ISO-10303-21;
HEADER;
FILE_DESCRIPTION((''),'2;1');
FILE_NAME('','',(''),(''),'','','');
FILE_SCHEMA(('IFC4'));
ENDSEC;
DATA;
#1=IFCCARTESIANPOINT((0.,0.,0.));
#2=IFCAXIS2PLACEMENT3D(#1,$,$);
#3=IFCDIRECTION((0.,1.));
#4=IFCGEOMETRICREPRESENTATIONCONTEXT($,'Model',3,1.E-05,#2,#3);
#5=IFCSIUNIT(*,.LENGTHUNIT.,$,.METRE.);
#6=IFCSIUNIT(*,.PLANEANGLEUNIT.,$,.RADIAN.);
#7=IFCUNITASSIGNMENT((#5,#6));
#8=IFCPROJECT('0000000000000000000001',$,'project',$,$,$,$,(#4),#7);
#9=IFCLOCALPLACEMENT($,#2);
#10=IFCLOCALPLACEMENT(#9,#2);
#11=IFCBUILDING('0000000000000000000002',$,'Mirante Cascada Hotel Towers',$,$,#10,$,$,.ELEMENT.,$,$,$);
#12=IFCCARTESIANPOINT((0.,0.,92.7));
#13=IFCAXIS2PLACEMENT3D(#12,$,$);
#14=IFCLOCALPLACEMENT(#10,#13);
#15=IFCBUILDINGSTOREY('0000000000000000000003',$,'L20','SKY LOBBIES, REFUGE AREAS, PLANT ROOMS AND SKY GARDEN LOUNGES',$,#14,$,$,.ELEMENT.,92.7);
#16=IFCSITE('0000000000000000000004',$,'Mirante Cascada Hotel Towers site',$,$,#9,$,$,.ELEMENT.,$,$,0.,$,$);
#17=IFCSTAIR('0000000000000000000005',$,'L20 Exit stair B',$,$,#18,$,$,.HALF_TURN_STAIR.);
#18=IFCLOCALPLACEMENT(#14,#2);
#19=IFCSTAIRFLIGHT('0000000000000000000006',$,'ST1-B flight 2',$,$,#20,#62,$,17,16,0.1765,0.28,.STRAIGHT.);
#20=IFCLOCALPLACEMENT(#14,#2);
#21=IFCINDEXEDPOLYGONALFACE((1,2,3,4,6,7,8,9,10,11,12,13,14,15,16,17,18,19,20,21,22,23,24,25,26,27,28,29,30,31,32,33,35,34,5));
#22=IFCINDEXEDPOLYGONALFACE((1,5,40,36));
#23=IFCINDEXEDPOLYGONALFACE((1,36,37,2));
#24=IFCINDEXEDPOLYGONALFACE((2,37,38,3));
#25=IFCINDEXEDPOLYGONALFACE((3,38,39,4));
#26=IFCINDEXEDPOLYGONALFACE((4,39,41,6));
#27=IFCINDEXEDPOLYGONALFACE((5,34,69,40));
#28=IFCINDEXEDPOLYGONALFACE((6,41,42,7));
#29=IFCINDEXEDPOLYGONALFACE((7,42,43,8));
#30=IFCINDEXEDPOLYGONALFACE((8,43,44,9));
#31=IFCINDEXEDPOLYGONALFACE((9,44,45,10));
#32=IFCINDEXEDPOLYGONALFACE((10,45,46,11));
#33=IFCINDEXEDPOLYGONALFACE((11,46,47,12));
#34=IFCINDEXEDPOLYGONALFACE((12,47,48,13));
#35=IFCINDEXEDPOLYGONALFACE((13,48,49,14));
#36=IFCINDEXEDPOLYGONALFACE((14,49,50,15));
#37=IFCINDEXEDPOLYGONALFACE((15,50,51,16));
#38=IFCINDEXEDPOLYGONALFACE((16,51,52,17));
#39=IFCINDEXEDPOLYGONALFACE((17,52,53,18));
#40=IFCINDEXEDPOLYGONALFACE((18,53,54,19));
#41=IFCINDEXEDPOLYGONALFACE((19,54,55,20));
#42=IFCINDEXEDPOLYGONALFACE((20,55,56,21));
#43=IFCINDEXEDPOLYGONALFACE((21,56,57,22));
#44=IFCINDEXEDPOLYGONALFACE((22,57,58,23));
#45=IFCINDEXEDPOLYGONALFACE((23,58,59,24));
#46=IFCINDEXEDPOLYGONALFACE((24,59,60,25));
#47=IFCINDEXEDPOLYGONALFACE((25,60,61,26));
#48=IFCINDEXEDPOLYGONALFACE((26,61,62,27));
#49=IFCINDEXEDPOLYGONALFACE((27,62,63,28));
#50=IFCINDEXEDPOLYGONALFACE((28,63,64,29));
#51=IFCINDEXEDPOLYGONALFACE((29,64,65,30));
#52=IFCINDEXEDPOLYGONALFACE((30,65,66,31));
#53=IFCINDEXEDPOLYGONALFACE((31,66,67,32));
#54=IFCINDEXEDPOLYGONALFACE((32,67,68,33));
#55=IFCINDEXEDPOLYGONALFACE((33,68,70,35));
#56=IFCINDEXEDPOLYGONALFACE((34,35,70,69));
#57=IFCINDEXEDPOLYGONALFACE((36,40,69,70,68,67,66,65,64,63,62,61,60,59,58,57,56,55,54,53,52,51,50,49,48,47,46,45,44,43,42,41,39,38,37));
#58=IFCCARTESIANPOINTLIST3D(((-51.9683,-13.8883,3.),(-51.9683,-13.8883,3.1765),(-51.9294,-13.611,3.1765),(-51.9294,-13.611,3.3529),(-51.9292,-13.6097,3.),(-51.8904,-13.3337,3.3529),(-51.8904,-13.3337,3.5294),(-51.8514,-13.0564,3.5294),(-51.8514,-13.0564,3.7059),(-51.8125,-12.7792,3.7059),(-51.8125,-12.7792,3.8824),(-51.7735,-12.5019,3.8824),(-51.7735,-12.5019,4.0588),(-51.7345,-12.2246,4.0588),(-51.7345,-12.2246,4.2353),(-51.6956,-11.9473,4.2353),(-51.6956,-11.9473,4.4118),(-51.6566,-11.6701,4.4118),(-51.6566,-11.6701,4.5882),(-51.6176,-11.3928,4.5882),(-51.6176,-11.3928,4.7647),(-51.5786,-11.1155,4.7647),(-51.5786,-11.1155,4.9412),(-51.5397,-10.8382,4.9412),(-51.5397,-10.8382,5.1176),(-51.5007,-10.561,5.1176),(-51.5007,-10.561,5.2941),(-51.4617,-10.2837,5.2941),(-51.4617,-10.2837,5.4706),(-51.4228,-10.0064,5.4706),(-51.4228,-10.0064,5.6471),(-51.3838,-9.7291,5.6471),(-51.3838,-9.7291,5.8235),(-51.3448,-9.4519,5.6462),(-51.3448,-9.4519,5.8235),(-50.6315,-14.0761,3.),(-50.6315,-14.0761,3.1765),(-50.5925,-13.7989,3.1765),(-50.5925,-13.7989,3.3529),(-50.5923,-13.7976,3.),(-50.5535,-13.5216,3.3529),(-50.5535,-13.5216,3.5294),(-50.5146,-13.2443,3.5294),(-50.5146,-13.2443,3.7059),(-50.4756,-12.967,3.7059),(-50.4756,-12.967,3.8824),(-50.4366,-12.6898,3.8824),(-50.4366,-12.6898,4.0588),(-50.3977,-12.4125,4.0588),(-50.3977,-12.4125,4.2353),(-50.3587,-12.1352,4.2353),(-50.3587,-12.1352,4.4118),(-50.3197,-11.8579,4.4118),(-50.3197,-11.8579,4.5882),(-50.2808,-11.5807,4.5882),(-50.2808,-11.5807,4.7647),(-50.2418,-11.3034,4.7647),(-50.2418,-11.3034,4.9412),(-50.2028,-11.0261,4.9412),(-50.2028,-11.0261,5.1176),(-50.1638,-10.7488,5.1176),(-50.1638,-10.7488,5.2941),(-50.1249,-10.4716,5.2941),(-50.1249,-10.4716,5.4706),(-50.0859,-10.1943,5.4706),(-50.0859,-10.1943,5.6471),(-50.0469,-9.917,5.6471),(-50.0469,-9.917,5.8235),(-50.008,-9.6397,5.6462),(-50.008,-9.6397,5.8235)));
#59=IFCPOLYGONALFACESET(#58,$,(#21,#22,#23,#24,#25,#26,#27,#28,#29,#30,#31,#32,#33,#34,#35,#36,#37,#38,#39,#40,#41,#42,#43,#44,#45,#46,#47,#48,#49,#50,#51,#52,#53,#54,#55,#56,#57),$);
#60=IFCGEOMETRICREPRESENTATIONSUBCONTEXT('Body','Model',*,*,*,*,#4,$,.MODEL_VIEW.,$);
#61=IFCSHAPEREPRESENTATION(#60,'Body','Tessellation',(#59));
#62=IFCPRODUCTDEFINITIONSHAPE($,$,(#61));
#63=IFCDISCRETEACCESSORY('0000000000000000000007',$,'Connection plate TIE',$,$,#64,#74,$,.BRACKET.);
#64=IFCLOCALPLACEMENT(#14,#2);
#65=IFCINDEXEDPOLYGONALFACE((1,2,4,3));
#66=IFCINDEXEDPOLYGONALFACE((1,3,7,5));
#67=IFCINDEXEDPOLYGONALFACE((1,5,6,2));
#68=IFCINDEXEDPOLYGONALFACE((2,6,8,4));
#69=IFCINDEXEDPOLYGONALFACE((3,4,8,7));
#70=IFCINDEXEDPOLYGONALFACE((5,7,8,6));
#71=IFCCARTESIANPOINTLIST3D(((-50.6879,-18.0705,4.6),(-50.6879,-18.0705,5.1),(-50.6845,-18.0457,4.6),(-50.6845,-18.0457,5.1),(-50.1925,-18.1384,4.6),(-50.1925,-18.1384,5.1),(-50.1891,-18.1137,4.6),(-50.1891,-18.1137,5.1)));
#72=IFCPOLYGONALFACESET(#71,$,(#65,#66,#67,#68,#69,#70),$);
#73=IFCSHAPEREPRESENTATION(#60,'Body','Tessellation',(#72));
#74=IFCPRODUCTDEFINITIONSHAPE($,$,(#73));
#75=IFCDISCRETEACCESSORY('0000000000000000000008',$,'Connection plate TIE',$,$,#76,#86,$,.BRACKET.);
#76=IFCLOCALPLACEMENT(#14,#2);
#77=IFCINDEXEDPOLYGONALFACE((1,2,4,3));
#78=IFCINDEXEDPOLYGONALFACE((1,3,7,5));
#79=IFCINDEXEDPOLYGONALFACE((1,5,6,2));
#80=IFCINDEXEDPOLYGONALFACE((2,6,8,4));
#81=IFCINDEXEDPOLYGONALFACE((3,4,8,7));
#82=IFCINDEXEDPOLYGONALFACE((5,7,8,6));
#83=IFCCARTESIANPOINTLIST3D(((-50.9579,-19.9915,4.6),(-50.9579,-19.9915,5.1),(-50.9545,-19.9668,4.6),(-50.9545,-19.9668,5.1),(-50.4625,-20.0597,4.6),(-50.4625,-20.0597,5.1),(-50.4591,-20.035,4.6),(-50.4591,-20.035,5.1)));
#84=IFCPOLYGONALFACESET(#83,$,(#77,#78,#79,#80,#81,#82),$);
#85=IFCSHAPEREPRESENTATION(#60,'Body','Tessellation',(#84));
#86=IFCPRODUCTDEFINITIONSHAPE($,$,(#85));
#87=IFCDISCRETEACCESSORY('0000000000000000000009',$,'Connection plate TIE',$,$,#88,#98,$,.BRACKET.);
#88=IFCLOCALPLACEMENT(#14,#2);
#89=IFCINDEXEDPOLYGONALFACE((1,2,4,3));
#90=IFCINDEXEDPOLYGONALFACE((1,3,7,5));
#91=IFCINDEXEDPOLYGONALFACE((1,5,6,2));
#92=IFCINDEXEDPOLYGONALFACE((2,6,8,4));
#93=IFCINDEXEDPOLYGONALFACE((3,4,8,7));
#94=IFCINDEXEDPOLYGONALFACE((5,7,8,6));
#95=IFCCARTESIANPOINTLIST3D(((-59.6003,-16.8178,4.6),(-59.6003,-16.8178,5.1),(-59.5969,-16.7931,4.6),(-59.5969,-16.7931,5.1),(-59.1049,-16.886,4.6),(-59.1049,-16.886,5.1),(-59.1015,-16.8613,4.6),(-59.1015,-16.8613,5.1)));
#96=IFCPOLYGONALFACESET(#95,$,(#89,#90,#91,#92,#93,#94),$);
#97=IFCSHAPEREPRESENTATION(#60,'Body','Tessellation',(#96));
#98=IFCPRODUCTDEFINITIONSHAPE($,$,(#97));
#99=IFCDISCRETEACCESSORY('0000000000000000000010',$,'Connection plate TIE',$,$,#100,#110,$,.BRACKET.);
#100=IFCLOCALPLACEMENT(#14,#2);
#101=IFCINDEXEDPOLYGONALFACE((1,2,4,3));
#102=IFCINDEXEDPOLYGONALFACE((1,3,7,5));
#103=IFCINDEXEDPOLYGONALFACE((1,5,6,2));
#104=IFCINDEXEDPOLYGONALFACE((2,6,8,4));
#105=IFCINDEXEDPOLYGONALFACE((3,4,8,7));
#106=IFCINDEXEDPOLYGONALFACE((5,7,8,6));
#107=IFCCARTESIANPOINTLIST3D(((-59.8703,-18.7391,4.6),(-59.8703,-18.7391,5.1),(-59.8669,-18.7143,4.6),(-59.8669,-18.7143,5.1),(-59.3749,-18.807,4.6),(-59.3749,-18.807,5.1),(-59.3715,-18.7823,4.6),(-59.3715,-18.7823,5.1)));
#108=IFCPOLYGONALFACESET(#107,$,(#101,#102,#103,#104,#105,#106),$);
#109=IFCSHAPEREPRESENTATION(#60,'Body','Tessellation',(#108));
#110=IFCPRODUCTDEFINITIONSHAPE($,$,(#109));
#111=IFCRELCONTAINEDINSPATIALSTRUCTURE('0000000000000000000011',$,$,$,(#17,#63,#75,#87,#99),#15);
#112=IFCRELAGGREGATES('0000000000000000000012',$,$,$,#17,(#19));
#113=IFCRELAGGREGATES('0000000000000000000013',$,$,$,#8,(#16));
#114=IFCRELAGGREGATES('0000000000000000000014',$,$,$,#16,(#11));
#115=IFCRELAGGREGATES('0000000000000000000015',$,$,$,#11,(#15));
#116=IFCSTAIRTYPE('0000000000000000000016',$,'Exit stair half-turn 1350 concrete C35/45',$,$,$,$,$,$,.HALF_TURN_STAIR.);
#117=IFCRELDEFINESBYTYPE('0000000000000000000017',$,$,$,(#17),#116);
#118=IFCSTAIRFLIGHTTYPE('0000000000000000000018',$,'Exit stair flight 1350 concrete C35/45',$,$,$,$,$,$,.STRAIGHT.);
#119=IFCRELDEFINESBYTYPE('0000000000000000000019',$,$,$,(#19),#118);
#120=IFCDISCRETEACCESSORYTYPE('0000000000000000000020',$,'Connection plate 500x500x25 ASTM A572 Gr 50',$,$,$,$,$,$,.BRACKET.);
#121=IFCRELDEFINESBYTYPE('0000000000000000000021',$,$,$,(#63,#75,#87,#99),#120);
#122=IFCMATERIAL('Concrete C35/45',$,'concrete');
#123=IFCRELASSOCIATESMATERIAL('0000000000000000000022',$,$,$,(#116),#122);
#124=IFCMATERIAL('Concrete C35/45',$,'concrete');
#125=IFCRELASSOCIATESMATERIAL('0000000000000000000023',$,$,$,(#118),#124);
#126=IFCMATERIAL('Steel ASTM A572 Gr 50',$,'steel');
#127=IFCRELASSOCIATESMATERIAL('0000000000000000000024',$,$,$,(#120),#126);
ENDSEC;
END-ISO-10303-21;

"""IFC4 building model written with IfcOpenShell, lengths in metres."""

from ifc_helpers import new_model, si_unit, direction, frame, origin, origin_2d, place, context, subcontext, project, spatial, polyline, rectangle, outline, extrude, material, material_profile, profile_set, type_object, element, aggregate, save


model = new_model("IFC4")

# Units and contexts
model_context = context("Model", 3, precision=1e-05, world=origin(), true_north=direction((0.0, 1.0)))
body_context = subcontext(model_context, "Body", "Model", "MODEL_VIEW")
ifc_project = project(units=[si_unit("LENGTHUNIT", "METRE"), si_unit("PLANEANGLEUNIT", "RADIAN")], contexts=[model_context])

# Site, building, storey
site_placement = place(None, origin())
site = spatial("IfcSite", under=ifc_project, at=site_placement, Name="Mirante Cascada Hotel Towers site", CompositionType="ELEMENT", RefElevation=0.0)
building_placement = place(site_placement, origin())
building = spatial("IfcBuilding", under=site, at=building_placement, Name="Mirante Cascada Hotel Towers", CompositionType="ELEMENT")
storey_placement = place(building_placement, frame((0.0, 0.0, 92.7)))
storey = spatial("IfcBuildingStorey", under=building, at=storey_placement, Name="L20", Description="SKY LOBBIES, REFUGE AREAS, PLANT ROOMS AND SKY GARDEN LOUNGES", CompositionType="ELEMENT", Elevation=92.7)

# Stair, stair flight
ifc_material_1 = material(Name="Concrete C35/45", Category="concrete")
stair_type = type_object("IfcStairType", Name="Exit stair half-turn 1350 concrete C35/45", PredefinedType="HALF_TURN_STAIR", material=ifc_material_1)
stair_placement = place(storey_placement, origin())
stair = element("IfcStair", 1, at=stair_placement, inside=storey, type_object=stair_type, Name="L20 Exit stair B", PredefinedType="HALF_TURN_STAIR")
ifc_material_2 = material(Name="Concrete C35/45", Category="concrete")
stair_flight_type = type_object("IfcStairFlightType", Name="Exit stair flight 1350 concrete C35/45", PredefinedType="STRAIGHT", material=ifc_material_2)
stair_flight_placement = place(storey_placement, frame((-51.2999, -13.9822, 3.0), z_axis=(0.0, 0.0, 1.0), x_axis=(0.139173, 0.990268, 0.0)))
stair_flight = element("IfcStairFlight", 2, at=stair_flight_placement, type_object=stair_flight_type, Name="ST1-B flight 2", NumberOfRisers=17, NumberOfTreads=16, PredefinedType="STRAIGHT", RiserHeight=0.1765, TreadLength=0.28, context=body_context, shape_type="SweptSolid", body=[
    extrude(outline(polyline([(0.0, 0.0), (0.0, 0.1765), (0.28, 0.1765), (0.28, 0.3529), (0.56, 0.3529), (0.56, 0.5294), (0.84, 0.5294), (0.84, 0.7059), (1.12, 0.7059), (1.12, 0.8824), (1.4, 0.8824), (1.4, 1.0588), (1.68, 1.0588), (1.68, 1.2353), (1.96, 1.2353), (1.96, 1.4118), (2.24, 1.4118), (2.24, 1.5882), (2.52, 1.5882), (2.52, 1.7647), (2.8, 1.7647), (2.8, 1.9412), (3.08, 1.9412), (3.08, 2.1176), (3.36, 2.1176), (3.36, 2.2941), (3.64, 2.2941), (3.64, 2.4706), (3.92, 2.4706), (3.92, 2.6471), (4.2, 2.6471), (4.2, 2.8235), (4.48, 2.8235), (4.48, 3.0), (4.48, 2.6462), (0.2813, 0.0), (0.0, 0.0)])), frame((0.0, 0.675, 0.0), z_axis=(0.0, -1.0, 0.0), x_axis=(1.0, 0.0, 0.0)), (0.0, 0.0, 1.0), 1.35),
])
aggregate(stair, [stair_flight])

# Discrete accessories
ifc_material_3 = material(Name="Steel ASTM A572 Gr 50", Category="steel")
ifc_material_profile_1 = material_profile(ifc_material_3, rectangle(XDim=0.5, YDim=0.5, at=origin_2d()), Name="Connection plate 500x500x25 ASTM A572 Gr 50")
ifc_profile_set_1 = profile_set([ifc_material_profile_1], Name="Steel ASTM A572 Gr 50")
discrete_accessory_type = type_object("IfcDiscreteAccessoryType", Name="Connection plate 500x500x25 ASTM A572 Gr 50", PredefinedType="BRACKET", material=ifc_profile_set_1)
discrete_accessory_1_placement = place(storey_placement, frame((-50.4368, -18.0797, 4.85), z_axis=(-0.135826, -0.990733, 0.0), x_axis=(0.990733, -0.135826, 0.0)))
element("IfcDiscreteAccessory", 3, at=discrete_accessory_1_placement, inside=storey, type_object=discrete_accessory_type, Name="Connection plate TIE", PredefinedType="BRACKET", context=body_context, shape_type="SweptSolid", body=[
    extrude(rectangle(XDim=0.5, YDim=0.5, at=origin_2d()), origin(), (0.0, 0.0, 1.0), 0.025),
])
for number, where, z_axis, x_axis, name in (
    (4, (-50.7068, -20.0009, 4.85), (-0.136366, -0.990658, 0.0), (0.990658, -0.136366, 0.0), "Connection plate TIE"),
    (5, (-59.3492, -16.8272, 4.85), (-0.136366, -0.990658, 0.0), (0.990658, -0.136366, 0.0), "Connection plate TIE"),
):
    element("IfcDiscreteAccessory", number, at=place(storey_placement, frame(where, z_axis=z_axis, x_axis=x_axis)), inside=storey, type_object=discrete_accessory_type, Name=name, PredefinedType="BRACKET", context=body_context, shape_type="SweptSolid", body=[
        extrude(rectangle(XDim=0.5, YDim=0.5, at=origin_2d()), origin(), (0.0, 0.0, 1.0), 0.0249),
    ])
discrete_accessory_2_placement = place(storey_placement, frame((-59.6192, -18.7483, 4.85), z_axis=(-0.135826, -0.990733, 0.0), x_axis=(0.990733, -0.135826, 0.0)))
element("IfcDiscreteAccessory", 6, at=discrete_accessory_2_placement, inside=storey, type_object=discrete_accessory_type, Name="Connection plate TIE", PredefinedType="BRACKET", context=body_context, shape_type="SweptSolid", body=[
    extrude(rectangle(XDim=0.5, YDim=0.5, at=origin_2d()), origin(), (0.0, 0.0, 1.0), 0.025),
])

save(model, "model.ifc")
